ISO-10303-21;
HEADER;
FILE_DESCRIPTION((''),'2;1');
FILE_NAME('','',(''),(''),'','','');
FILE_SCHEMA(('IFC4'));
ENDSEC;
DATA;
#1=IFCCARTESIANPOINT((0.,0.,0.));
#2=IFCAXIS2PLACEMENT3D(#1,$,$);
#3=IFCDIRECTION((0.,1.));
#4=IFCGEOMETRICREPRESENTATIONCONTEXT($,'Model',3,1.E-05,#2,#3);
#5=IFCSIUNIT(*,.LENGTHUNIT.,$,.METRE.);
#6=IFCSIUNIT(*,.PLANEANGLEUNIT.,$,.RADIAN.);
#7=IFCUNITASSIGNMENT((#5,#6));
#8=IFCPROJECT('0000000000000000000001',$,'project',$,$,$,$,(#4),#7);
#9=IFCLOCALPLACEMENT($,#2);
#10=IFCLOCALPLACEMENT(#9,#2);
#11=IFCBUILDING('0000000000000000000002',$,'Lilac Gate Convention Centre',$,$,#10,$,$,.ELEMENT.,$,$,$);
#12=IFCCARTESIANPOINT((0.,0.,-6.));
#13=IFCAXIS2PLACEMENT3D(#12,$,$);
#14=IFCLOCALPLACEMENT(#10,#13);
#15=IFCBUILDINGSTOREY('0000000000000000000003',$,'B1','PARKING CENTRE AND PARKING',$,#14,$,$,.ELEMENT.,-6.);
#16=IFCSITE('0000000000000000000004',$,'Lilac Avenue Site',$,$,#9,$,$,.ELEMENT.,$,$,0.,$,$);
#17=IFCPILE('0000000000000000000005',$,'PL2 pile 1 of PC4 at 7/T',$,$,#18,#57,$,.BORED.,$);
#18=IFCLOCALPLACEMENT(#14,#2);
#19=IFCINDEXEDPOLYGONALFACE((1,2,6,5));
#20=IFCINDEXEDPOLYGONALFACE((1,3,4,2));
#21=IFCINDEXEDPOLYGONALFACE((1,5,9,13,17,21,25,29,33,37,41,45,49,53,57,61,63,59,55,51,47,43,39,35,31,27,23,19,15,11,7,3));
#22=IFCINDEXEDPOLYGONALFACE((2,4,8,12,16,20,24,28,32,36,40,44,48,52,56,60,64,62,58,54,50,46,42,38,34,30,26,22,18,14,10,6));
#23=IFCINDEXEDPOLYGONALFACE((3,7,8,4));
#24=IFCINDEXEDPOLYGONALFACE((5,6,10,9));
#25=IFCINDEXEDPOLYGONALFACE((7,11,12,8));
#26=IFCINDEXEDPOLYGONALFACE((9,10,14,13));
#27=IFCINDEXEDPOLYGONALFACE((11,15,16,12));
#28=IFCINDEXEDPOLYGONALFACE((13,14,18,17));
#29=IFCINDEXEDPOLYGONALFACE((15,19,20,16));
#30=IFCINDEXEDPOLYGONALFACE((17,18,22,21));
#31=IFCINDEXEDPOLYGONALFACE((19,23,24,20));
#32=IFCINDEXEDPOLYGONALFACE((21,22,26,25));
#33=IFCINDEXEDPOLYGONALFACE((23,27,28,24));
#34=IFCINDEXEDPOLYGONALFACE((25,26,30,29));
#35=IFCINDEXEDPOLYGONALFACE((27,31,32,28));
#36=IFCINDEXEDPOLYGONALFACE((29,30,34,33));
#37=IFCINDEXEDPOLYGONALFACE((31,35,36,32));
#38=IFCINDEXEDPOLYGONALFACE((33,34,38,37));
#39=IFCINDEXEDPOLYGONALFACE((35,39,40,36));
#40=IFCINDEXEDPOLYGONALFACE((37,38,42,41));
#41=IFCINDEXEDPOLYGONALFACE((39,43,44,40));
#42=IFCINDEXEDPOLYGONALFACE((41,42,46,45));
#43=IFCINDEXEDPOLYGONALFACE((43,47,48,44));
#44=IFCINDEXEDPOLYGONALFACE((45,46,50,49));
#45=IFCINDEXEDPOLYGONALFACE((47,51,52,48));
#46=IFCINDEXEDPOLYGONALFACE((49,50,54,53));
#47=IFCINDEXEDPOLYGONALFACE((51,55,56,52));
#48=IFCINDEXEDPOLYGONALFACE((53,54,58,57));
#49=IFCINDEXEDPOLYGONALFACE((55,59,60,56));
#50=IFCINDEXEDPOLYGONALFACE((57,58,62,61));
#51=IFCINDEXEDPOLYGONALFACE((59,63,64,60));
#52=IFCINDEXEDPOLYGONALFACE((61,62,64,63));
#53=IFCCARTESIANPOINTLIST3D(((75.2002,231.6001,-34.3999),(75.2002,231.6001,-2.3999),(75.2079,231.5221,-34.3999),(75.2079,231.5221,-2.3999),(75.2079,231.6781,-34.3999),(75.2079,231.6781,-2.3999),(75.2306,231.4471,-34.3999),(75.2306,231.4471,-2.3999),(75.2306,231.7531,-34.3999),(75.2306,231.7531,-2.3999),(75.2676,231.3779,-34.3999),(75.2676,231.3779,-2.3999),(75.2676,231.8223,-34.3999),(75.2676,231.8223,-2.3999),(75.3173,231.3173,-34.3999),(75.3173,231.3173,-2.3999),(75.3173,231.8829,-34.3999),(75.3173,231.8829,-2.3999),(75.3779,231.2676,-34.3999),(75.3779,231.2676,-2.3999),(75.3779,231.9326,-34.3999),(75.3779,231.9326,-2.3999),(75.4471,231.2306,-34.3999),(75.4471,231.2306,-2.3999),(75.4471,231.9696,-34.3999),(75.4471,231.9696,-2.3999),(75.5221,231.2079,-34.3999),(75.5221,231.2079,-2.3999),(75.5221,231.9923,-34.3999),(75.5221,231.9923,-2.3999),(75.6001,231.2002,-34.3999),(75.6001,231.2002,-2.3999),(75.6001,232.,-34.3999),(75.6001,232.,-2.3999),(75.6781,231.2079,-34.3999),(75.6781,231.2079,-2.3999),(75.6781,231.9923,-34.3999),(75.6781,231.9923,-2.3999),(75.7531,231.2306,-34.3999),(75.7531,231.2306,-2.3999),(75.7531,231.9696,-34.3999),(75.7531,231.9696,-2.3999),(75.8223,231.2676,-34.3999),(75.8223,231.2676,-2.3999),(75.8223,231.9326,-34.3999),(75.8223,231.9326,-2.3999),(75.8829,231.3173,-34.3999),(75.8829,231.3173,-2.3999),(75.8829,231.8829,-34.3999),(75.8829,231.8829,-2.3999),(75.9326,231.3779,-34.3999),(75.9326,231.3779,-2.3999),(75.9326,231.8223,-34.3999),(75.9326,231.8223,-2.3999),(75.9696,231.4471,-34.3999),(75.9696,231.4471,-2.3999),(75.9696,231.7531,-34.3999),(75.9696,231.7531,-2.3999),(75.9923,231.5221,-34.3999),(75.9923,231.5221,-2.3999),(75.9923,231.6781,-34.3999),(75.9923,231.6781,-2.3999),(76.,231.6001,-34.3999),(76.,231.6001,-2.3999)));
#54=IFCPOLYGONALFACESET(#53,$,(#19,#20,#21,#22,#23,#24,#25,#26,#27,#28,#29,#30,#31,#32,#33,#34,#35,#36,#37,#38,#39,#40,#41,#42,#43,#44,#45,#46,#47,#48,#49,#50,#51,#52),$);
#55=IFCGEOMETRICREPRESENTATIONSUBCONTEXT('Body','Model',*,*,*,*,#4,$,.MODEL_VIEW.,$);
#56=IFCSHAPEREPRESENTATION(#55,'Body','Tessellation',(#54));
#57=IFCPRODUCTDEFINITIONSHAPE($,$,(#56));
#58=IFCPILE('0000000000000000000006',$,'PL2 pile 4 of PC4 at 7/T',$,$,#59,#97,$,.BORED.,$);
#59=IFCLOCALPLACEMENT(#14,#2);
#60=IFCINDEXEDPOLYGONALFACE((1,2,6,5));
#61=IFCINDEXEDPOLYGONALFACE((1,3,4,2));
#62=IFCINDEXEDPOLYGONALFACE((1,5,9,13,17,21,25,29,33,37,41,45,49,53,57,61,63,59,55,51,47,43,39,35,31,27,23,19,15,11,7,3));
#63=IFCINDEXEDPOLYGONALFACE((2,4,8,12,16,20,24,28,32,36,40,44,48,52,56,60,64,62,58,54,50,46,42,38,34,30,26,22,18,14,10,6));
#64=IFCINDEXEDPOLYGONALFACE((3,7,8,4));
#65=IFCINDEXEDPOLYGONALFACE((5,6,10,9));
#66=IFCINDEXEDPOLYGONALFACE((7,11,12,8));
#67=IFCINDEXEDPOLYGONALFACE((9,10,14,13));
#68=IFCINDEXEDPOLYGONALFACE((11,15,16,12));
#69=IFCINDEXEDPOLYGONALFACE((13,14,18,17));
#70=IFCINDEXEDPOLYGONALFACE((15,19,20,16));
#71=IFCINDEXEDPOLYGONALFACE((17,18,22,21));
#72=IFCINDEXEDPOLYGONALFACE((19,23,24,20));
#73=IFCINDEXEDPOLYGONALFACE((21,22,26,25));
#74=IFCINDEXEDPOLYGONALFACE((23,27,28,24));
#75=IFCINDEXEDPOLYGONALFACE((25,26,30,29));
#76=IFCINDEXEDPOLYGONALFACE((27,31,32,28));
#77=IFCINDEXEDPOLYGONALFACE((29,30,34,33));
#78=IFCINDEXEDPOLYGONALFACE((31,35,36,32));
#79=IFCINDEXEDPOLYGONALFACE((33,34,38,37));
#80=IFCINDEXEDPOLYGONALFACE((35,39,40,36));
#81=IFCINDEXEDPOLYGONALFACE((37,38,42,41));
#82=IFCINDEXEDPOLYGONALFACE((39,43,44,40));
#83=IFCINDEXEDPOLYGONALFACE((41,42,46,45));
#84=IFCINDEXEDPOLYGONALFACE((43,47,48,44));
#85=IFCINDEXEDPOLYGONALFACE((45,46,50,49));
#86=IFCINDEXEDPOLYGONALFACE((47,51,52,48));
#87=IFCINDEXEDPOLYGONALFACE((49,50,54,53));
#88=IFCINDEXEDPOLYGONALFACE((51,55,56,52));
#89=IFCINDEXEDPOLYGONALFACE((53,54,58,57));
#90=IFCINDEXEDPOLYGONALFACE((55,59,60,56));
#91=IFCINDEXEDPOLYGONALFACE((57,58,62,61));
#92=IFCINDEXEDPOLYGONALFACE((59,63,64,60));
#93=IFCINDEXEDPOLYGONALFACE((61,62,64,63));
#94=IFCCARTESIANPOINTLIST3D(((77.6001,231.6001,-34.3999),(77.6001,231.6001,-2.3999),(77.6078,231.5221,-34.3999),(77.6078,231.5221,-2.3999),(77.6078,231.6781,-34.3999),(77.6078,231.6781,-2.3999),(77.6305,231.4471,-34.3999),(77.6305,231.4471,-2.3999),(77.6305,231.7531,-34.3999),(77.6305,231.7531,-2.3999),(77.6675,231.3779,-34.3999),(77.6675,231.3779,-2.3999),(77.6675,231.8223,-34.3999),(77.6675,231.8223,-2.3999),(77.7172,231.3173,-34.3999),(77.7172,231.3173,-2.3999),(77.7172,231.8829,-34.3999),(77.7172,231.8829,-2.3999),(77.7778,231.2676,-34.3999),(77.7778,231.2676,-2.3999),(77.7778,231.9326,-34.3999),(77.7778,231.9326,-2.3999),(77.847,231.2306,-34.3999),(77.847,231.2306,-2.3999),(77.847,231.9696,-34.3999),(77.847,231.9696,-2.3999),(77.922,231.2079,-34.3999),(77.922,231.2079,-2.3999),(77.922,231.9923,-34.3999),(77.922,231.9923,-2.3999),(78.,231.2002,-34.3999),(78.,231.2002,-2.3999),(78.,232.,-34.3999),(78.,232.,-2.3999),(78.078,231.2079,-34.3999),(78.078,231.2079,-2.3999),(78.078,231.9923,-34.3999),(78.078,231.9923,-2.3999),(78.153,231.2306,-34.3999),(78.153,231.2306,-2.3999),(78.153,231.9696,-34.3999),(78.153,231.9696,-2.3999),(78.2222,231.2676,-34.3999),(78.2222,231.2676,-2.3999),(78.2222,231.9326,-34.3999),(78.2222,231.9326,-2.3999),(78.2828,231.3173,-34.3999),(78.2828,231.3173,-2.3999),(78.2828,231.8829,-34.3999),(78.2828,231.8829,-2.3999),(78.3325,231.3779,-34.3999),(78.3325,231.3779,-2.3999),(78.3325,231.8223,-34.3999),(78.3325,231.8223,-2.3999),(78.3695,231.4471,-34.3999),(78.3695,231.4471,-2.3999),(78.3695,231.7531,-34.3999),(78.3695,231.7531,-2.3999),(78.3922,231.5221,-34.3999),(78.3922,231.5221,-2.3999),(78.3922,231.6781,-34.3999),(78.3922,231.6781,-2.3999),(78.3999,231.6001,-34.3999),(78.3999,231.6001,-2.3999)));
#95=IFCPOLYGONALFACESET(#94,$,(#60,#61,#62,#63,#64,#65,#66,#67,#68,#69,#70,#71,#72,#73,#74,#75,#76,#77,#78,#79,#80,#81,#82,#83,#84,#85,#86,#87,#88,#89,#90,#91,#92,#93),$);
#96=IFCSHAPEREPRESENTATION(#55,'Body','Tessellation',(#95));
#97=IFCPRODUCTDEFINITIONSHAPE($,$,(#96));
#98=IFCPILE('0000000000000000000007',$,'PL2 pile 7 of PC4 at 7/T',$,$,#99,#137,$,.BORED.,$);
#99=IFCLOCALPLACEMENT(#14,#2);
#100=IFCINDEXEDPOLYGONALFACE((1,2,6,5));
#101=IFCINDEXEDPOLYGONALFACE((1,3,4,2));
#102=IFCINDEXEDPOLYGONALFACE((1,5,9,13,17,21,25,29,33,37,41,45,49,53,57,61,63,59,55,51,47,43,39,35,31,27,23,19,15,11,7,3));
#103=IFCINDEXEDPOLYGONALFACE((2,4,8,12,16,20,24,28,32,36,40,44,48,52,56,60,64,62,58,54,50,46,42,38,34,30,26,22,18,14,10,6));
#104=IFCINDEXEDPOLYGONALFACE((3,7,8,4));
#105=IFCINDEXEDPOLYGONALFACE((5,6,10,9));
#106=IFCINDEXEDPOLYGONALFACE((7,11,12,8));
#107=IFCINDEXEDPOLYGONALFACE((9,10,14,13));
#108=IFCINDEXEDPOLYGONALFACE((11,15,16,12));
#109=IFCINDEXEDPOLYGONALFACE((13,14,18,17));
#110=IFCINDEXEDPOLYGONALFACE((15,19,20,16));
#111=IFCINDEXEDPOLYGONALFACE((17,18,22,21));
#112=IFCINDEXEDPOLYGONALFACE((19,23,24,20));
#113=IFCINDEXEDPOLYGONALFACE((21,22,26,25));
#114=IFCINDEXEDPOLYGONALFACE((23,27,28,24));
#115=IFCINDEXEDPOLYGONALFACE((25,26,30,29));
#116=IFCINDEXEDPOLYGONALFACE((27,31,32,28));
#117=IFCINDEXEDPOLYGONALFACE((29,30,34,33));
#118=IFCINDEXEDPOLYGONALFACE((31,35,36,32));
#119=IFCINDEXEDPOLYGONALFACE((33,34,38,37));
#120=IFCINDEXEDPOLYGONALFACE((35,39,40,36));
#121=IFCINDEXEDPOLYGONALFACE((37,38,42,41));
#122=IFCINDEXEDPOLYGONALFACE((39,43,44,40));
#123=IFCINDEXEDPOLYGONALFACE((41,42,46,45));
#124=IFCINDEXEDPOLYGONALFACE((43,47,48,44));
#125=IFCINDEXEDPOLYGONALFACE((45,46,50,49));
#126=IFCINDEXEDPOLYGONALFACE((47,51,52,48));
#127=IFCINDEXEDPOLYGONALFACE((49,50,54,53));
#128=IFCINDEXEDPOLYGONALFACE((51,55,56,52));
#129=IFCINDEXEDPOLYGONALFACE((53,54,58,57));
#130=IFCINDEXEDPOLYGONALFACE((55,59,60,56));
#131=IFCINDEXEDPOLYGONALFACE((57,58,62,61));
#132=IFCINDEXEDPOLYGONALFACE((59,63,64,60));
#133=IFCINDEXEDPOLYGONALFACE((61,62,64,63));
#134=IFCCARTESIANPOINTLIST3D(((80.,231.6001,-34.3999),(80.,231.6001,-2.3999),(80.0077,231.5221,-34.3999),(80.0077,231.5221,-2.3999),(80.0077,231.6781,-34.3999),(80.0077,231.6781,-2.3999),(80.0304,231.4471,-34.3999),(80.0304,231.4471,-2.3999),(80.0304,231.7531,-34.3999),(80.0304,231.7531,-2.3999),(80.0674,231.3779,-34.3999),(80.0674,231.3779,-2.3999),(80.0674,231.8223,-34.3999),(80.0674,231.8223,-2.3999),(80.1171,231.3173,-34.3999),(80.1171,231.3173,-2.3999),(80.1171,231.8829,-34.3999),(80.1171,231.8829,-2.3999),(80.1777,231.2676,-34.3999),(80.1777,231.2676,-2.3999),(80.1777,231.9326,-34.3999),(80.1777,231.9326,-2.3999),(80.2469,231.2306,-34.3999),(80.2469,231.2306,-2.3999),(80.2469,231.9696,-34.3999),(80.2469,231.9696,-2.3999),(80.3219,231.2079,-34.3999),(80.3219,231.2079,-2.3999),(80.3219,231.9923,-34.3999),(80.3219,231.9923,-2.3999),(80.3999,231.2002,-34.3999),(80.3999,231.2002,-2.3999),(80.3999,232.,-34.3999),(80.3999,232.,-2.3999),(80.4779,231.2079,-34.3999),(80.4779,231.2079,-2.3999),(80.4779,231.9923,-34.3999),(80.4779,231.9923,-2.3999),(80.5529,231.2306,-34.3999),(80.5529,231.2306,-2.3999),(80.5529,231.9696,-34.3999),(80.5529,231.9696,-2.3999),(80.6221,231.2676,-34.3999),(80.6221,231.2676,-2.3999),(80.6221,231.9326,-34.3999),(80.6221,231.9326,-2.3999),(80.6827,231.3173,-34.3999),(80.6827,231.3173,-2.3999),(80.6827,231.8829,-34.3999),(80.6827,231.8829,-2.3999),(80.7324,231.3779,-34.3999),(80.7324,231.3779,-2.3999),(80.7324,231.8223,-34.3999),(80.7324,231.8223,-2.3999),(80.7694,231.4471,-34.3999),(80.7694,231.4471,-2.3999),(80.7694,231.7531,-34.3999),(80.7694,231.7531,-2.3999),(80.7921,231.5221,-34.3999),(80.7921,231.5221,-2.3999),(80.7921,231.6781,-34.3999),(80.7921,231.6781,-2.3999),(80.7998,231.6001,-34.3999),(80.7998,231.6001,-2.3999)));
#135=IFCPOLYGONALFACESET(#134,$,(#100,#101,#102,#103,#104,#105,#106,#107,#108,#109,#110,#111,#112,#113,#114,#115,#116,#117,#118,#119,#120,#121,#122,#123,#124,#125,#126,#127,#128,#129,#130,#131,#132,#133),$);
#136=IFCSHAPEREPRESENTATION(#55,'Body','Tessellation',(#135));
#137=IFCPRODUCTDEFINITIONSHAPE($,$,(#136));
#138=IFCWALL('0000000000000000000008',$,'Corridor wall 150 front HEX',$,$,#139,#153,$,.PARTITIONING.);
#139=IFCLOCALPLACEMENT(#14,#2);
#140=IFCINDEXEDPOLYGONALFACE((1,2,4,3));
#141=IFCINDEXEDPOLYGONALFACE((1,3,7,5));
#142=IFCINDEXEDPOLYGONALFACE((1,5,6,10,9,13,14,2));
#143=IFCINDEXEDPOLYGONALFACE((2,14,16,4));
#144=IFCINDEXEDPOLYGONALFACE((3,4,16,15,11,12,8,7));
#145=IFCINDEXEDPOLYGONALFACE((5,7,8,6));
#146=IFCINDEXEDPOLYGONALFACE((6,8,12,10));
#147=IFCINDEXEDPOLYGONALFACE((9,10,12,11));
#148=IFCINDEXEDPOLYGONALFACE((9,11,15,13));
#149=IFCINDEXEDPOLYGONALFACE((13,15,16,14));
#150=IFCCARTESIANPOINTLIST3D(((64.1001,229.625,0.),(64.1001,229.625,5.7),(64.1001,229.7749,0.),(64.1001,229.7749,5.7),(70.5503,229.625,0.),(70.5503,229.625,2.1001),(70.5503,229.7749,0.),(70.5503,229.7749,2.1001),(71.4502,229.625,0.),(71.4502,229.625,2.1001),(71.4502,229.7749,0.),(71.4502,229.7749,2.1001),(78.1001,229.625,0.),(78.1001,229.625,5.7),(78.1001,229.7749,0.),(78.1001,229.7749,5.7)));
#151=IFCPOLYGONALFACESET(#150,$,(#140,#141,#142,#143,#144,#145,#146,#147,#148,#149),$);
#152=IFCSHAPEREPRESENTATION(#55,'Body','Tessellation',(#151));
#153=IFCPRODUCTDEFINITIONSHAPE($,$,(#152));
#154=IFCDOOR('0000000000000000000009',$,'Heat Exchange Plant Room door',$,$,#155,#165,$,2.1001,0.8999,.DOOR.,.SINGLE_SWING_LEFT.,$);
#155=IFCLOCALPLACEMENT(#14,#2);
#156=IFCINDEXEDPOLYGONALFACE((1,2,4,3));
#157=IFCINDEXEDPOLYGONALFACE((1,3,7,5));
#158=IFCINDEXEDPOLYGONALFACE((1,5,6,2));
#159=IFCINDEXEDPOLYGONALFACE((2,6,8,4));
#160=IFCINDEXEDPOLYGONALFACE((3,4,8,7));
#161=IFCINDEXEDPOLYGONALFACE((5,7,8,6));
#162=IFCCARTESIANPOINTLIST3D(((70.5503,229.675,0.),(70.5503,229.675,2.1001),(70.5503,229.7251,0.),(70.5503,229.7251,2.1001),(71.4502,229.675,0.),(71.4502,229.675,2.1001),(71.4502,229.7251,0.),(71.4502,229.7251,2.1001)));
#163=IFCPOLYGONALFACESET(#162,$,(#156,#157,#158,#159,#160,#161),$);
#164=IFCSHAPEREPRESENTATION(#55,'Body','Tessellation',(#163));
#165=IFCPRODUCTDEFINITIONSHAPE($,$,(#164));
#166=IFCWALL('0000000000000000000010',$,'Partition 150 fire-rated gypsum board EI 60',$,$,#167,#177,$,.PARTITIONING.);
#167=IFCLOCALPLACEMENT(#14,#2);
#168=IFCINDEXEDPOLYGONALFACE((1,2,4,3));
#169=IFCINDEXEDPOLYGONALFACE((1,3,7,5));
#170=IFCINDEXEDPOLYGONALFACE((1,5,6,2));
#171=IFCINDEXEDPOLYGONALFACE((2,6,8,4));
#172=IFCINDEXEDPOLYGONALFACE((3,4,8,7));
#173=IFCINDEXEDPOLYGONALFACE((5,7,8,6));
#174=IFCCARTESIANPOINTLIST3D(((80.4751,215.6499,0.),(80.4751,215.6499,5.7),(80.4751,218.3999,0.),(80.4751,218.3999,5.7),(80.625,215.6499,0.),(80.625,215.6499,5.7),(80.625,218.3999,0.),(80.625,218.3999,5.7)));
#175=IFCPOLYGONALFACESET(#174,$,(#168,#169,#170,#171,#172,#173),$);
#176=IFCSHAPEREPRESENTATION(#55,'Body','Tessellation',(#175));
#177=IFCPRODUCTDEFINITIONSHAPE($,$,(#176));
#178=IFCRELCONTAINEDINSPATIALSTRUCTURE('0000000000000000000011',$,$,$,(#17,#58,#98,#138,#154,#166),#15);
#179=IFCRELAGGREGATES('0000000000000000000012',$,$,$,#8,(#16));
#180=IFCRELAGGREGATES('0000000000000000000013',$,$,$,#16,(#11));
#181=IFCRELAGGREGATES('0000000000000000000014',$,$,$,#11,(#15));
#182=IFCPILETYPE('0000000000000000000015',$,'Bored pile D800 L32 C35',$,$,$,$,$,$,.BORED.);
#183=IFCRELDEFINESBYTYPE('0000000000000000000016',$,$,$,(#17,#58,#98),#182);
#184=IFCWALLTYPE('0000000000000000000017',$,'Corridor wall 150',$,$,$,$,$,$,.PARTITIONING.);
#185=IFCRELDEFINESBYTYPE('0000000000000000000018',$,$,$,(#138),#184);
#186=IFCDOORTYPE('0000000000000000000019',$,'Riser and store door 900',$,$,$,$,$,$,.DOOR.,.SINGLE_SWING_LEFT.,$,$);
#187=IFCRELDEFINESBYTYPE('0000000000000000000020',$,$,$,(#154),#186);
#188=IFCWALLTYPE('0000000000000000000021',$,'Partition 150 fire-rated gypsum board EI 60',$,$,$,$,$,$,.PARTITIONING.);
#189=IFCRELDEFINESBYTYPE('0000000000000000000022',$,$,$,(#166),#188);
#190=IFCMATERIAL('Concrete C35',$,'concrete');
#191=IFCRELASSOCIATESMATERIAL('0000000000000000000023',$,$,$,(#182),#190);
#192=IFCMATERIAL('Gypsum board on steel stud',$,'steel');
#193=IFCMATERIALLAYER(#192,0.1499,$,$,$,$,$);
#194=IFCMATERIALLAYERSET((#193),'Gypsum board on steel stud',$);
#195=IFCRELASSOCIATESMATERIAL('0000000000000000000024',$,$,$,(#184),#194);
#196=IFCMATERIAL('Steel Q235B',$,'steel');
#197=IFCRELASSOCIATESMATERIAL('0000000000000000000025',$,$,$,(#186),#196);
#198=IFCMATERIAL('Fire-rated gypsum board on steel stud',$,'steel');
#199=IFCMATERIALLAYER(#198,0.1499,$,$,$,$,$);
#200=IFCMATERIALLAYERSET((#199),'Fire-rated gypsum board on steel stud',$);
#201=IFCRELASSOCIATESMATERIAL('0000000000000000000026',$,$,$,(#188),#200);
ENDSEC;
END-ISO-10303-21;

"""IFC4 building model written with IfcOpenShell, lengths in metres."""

from ifc_helpers import new_model, si_unit, direction, frame, frame_2d, origin, origin_2d, place, context, subcontext, project, spatial, rectangle, circle, extrude, material, layer, layer_set, material_profile, profile_set, type_object, element, fill, save


model = new_model("IFC4")

# Units and contexts
model_context = context("Model", 3, precision=1e-05, world=origin(), true_north=direction((0.0, 1.0)))
body_context = subcontext(model_context, "Body", "Model", "MODEL_VIEW")
ifc_project = project(units=[si_unit("LENGTHUNIT", "METRE"), si_unit("PLANEANGLEUNIT", "RADIAN")], contexts=[model_context])

# Site, building, storey
site_placement = place(None, origin())
site = spatial("IfcSite", under=ifc_project, at=site_placement, Name="Lilac Avenue Site", CompositionType="ELEMENT", RefElevation=0.0)
building_placement = place(site_placement, origin())
building = spatial("IfcBuilding", under=site, at=building_placement, Name="Lilac Gate Convention Centre", CompositionType="ELEMENT")
storey_placement = place(building_placement, frame((0.0, 0.0, -6.0)))
storey = spatial("IfcBuildingStorey", under=building, at=storey_placement, Name="B1", Description="PARKING CENTRE AND PARKING", CompositionType="ELEMENT", Elevation=-6.0)

# Piles
ifc_material_1 = material(Name="Concrete C35", Category="concrete")
ifc_material_profile = material_profile(ifc_material_1, circle(Radius=0.3999, at=origin_2d()), Name="D800")
ifc_profile_set = profile_set([ifc_material_profile], Name="Concrete C35")
pile_type = type_object("IfcPileType", Name="Bored pile D800 L32 C35", PredefinedType="BORED", material=ifc_profile_set)
for number, where, z_axis, x_axis, name in (
    (1, (75.6001, 231.6001, -2.3999), (0.0, 0.0, -1.0), (1.0, 0.0, 0.0), "PL2 pile 1 of PC4 at 7/T"),
    (2, (78.0, 231.6001, -2.3999), (0.0, 0.0, -1.0), (1.0, 0.0, 0.0), "PL2 pile 4 of PC4 at 7/T"),
    (3, (80.3999, 231.6001, -2.3999), (0.0, 0.0, -1.0), (1.0, 0.0, 0.0), "PL2 pile 7 of PC4 at 7/T"),
):
    element("IfcPile", number, at=place(storey_placement, frame(where, z_axis=z_axis, x_axis=x_axis)), inside=storey, type_object=pile_type, Name=name, PredefinedType="BORED", context=body_context, shape_type="SweptSolid", body=[
        extrude(circle(Radius=0.3999, at=origin_2d()), origin(), (0.0, 0.0, 1.0), 32.0),
    ])

# Wall, opening, door
ifc_material_2 = material(Name="Gypsum board on steel stud", Category="steel")
ifc_layer_1 = layer(ifc_material_2, 0.1499)
ifc_layer_set_1 = layer_set([ifc_layer_1], Name="Gypsum board on steel stud")
wall_type_1 = type_object("IfcWallType", Name="Corridor wall 150", PredefinedType="PARTITIONING", material=ifc_layer_set_1)
wall_1_placement = place(storey_placement, frame((78.1001, 229.7, 0.0), z_axis=(0.0, 0.0, 1.0), x_axis=(-1.0, 0.0, 0.0)))
wall_1 = element("IfcWall", 4, at=wall_1_placement, inside=storey, type_object=wall_type_1, Name="Corridor wall 150 front HEX", PredefinedType="PARTITIONING", context=body_context, shape_type="SweptSolid", body=[
    extrude(rectangle(XDim=14.0, YDim=0.1499, at=frame_2d((7.0, 0.0))), origin(), (0.0, 0.0, 1.0), 5.7),
])
opening_1_placement = place(wall_1_placement, frame((6.6499, 0.0, 0.0)))
opening_1 = element("IfcOpeningElement", 5, at=opening_1_placement, cuts=wall_1, PredefinedType="OPENING", context=body_context, shape_type="SweptSolid", body=[
    extrude(rectangle(XDim=0.8999, YDim=2.1001, at=frame_2d((0.45, 1.05))), frame((0.0, 0.085, 0.0), z_axis=(0.0, -1.0, 0.0), x_axis=(1.0, 0.0, 0.0)), (0.0, 0.0, 1.0), 0.1699),
])
ifc_material_3 = material(Name="Steel Q235B", Category="steel")
door_type_1 = type_object("IfcDoorType", Name="Riser and store door 900", OperationType="SINGLE_SWING_LEFT", PredefinedType="DOOR", material=ifc_material_3)
door_1_placement = place(opening_1_placement, origin())
door_1 = element("IfcDoor", 6, at=door_1_placement, inside=storey, type_object=door_type_1, Name="Heat Exchange Plant Room door", OperationType="SINGLE_SWING_LEFT", OverallHeight=2.1001, OverallWidth=0.8999, PredefinedType="DOOR", context=body_context, shape_type="SweptSolid", body=[
    extrude(rectangle(XDim=0.8999, YDim=2.1001, at=frame_2d((0.45, 1.05))), frame((0.0, 0.0249, 0.0), z_axis=(0.0, -1.0, 0.0), x_axis=(1.0, 0.0, 0.0)), (0.0, 0.0, 1.0), 0.05),
])
fill(opening_1, door_1)

# Wall
ifc_material_4 = material(Name="Fire-rated gypsum board on steel stud", Category="steel")
ifc_layer_2 = layer(ifc_material_4, 0.1499)
ifc_layer_set_2 = layer_set([ifc_layer_2], Name="Fire-rated gypsum board on steel stud")
wall_type_2 = type_object("IfcWallType", Name="Partition 150 fire-rated gypsum board EI 60", PredefinedType="PARTITIONING", material=ifc_layer_set_2)
wall_2_placement = place(storey_placement, frame((80.55, 215.6499, 0.0), z_axis=(0.0, 0.0, 1.0), x_axis=(0.0, 1.0, 0.0)))
element("IfcWall", 7, at=wall_2_placement, inside=storey, type_object=wall_type_2, Name="Partition 150 fire-rated gypsum board EI 60", PredefinedType="PARTITIONING", context=body_context, shape_type="SweptSolid", body=[
    extrude(rectangle(XDim=2.75, YDim=0.1499, at=frame_2d((1.375, 0.0))), origin(), (0.0, 0.0, 1.0), 5.7),
])

save(model, "model.ifc")
